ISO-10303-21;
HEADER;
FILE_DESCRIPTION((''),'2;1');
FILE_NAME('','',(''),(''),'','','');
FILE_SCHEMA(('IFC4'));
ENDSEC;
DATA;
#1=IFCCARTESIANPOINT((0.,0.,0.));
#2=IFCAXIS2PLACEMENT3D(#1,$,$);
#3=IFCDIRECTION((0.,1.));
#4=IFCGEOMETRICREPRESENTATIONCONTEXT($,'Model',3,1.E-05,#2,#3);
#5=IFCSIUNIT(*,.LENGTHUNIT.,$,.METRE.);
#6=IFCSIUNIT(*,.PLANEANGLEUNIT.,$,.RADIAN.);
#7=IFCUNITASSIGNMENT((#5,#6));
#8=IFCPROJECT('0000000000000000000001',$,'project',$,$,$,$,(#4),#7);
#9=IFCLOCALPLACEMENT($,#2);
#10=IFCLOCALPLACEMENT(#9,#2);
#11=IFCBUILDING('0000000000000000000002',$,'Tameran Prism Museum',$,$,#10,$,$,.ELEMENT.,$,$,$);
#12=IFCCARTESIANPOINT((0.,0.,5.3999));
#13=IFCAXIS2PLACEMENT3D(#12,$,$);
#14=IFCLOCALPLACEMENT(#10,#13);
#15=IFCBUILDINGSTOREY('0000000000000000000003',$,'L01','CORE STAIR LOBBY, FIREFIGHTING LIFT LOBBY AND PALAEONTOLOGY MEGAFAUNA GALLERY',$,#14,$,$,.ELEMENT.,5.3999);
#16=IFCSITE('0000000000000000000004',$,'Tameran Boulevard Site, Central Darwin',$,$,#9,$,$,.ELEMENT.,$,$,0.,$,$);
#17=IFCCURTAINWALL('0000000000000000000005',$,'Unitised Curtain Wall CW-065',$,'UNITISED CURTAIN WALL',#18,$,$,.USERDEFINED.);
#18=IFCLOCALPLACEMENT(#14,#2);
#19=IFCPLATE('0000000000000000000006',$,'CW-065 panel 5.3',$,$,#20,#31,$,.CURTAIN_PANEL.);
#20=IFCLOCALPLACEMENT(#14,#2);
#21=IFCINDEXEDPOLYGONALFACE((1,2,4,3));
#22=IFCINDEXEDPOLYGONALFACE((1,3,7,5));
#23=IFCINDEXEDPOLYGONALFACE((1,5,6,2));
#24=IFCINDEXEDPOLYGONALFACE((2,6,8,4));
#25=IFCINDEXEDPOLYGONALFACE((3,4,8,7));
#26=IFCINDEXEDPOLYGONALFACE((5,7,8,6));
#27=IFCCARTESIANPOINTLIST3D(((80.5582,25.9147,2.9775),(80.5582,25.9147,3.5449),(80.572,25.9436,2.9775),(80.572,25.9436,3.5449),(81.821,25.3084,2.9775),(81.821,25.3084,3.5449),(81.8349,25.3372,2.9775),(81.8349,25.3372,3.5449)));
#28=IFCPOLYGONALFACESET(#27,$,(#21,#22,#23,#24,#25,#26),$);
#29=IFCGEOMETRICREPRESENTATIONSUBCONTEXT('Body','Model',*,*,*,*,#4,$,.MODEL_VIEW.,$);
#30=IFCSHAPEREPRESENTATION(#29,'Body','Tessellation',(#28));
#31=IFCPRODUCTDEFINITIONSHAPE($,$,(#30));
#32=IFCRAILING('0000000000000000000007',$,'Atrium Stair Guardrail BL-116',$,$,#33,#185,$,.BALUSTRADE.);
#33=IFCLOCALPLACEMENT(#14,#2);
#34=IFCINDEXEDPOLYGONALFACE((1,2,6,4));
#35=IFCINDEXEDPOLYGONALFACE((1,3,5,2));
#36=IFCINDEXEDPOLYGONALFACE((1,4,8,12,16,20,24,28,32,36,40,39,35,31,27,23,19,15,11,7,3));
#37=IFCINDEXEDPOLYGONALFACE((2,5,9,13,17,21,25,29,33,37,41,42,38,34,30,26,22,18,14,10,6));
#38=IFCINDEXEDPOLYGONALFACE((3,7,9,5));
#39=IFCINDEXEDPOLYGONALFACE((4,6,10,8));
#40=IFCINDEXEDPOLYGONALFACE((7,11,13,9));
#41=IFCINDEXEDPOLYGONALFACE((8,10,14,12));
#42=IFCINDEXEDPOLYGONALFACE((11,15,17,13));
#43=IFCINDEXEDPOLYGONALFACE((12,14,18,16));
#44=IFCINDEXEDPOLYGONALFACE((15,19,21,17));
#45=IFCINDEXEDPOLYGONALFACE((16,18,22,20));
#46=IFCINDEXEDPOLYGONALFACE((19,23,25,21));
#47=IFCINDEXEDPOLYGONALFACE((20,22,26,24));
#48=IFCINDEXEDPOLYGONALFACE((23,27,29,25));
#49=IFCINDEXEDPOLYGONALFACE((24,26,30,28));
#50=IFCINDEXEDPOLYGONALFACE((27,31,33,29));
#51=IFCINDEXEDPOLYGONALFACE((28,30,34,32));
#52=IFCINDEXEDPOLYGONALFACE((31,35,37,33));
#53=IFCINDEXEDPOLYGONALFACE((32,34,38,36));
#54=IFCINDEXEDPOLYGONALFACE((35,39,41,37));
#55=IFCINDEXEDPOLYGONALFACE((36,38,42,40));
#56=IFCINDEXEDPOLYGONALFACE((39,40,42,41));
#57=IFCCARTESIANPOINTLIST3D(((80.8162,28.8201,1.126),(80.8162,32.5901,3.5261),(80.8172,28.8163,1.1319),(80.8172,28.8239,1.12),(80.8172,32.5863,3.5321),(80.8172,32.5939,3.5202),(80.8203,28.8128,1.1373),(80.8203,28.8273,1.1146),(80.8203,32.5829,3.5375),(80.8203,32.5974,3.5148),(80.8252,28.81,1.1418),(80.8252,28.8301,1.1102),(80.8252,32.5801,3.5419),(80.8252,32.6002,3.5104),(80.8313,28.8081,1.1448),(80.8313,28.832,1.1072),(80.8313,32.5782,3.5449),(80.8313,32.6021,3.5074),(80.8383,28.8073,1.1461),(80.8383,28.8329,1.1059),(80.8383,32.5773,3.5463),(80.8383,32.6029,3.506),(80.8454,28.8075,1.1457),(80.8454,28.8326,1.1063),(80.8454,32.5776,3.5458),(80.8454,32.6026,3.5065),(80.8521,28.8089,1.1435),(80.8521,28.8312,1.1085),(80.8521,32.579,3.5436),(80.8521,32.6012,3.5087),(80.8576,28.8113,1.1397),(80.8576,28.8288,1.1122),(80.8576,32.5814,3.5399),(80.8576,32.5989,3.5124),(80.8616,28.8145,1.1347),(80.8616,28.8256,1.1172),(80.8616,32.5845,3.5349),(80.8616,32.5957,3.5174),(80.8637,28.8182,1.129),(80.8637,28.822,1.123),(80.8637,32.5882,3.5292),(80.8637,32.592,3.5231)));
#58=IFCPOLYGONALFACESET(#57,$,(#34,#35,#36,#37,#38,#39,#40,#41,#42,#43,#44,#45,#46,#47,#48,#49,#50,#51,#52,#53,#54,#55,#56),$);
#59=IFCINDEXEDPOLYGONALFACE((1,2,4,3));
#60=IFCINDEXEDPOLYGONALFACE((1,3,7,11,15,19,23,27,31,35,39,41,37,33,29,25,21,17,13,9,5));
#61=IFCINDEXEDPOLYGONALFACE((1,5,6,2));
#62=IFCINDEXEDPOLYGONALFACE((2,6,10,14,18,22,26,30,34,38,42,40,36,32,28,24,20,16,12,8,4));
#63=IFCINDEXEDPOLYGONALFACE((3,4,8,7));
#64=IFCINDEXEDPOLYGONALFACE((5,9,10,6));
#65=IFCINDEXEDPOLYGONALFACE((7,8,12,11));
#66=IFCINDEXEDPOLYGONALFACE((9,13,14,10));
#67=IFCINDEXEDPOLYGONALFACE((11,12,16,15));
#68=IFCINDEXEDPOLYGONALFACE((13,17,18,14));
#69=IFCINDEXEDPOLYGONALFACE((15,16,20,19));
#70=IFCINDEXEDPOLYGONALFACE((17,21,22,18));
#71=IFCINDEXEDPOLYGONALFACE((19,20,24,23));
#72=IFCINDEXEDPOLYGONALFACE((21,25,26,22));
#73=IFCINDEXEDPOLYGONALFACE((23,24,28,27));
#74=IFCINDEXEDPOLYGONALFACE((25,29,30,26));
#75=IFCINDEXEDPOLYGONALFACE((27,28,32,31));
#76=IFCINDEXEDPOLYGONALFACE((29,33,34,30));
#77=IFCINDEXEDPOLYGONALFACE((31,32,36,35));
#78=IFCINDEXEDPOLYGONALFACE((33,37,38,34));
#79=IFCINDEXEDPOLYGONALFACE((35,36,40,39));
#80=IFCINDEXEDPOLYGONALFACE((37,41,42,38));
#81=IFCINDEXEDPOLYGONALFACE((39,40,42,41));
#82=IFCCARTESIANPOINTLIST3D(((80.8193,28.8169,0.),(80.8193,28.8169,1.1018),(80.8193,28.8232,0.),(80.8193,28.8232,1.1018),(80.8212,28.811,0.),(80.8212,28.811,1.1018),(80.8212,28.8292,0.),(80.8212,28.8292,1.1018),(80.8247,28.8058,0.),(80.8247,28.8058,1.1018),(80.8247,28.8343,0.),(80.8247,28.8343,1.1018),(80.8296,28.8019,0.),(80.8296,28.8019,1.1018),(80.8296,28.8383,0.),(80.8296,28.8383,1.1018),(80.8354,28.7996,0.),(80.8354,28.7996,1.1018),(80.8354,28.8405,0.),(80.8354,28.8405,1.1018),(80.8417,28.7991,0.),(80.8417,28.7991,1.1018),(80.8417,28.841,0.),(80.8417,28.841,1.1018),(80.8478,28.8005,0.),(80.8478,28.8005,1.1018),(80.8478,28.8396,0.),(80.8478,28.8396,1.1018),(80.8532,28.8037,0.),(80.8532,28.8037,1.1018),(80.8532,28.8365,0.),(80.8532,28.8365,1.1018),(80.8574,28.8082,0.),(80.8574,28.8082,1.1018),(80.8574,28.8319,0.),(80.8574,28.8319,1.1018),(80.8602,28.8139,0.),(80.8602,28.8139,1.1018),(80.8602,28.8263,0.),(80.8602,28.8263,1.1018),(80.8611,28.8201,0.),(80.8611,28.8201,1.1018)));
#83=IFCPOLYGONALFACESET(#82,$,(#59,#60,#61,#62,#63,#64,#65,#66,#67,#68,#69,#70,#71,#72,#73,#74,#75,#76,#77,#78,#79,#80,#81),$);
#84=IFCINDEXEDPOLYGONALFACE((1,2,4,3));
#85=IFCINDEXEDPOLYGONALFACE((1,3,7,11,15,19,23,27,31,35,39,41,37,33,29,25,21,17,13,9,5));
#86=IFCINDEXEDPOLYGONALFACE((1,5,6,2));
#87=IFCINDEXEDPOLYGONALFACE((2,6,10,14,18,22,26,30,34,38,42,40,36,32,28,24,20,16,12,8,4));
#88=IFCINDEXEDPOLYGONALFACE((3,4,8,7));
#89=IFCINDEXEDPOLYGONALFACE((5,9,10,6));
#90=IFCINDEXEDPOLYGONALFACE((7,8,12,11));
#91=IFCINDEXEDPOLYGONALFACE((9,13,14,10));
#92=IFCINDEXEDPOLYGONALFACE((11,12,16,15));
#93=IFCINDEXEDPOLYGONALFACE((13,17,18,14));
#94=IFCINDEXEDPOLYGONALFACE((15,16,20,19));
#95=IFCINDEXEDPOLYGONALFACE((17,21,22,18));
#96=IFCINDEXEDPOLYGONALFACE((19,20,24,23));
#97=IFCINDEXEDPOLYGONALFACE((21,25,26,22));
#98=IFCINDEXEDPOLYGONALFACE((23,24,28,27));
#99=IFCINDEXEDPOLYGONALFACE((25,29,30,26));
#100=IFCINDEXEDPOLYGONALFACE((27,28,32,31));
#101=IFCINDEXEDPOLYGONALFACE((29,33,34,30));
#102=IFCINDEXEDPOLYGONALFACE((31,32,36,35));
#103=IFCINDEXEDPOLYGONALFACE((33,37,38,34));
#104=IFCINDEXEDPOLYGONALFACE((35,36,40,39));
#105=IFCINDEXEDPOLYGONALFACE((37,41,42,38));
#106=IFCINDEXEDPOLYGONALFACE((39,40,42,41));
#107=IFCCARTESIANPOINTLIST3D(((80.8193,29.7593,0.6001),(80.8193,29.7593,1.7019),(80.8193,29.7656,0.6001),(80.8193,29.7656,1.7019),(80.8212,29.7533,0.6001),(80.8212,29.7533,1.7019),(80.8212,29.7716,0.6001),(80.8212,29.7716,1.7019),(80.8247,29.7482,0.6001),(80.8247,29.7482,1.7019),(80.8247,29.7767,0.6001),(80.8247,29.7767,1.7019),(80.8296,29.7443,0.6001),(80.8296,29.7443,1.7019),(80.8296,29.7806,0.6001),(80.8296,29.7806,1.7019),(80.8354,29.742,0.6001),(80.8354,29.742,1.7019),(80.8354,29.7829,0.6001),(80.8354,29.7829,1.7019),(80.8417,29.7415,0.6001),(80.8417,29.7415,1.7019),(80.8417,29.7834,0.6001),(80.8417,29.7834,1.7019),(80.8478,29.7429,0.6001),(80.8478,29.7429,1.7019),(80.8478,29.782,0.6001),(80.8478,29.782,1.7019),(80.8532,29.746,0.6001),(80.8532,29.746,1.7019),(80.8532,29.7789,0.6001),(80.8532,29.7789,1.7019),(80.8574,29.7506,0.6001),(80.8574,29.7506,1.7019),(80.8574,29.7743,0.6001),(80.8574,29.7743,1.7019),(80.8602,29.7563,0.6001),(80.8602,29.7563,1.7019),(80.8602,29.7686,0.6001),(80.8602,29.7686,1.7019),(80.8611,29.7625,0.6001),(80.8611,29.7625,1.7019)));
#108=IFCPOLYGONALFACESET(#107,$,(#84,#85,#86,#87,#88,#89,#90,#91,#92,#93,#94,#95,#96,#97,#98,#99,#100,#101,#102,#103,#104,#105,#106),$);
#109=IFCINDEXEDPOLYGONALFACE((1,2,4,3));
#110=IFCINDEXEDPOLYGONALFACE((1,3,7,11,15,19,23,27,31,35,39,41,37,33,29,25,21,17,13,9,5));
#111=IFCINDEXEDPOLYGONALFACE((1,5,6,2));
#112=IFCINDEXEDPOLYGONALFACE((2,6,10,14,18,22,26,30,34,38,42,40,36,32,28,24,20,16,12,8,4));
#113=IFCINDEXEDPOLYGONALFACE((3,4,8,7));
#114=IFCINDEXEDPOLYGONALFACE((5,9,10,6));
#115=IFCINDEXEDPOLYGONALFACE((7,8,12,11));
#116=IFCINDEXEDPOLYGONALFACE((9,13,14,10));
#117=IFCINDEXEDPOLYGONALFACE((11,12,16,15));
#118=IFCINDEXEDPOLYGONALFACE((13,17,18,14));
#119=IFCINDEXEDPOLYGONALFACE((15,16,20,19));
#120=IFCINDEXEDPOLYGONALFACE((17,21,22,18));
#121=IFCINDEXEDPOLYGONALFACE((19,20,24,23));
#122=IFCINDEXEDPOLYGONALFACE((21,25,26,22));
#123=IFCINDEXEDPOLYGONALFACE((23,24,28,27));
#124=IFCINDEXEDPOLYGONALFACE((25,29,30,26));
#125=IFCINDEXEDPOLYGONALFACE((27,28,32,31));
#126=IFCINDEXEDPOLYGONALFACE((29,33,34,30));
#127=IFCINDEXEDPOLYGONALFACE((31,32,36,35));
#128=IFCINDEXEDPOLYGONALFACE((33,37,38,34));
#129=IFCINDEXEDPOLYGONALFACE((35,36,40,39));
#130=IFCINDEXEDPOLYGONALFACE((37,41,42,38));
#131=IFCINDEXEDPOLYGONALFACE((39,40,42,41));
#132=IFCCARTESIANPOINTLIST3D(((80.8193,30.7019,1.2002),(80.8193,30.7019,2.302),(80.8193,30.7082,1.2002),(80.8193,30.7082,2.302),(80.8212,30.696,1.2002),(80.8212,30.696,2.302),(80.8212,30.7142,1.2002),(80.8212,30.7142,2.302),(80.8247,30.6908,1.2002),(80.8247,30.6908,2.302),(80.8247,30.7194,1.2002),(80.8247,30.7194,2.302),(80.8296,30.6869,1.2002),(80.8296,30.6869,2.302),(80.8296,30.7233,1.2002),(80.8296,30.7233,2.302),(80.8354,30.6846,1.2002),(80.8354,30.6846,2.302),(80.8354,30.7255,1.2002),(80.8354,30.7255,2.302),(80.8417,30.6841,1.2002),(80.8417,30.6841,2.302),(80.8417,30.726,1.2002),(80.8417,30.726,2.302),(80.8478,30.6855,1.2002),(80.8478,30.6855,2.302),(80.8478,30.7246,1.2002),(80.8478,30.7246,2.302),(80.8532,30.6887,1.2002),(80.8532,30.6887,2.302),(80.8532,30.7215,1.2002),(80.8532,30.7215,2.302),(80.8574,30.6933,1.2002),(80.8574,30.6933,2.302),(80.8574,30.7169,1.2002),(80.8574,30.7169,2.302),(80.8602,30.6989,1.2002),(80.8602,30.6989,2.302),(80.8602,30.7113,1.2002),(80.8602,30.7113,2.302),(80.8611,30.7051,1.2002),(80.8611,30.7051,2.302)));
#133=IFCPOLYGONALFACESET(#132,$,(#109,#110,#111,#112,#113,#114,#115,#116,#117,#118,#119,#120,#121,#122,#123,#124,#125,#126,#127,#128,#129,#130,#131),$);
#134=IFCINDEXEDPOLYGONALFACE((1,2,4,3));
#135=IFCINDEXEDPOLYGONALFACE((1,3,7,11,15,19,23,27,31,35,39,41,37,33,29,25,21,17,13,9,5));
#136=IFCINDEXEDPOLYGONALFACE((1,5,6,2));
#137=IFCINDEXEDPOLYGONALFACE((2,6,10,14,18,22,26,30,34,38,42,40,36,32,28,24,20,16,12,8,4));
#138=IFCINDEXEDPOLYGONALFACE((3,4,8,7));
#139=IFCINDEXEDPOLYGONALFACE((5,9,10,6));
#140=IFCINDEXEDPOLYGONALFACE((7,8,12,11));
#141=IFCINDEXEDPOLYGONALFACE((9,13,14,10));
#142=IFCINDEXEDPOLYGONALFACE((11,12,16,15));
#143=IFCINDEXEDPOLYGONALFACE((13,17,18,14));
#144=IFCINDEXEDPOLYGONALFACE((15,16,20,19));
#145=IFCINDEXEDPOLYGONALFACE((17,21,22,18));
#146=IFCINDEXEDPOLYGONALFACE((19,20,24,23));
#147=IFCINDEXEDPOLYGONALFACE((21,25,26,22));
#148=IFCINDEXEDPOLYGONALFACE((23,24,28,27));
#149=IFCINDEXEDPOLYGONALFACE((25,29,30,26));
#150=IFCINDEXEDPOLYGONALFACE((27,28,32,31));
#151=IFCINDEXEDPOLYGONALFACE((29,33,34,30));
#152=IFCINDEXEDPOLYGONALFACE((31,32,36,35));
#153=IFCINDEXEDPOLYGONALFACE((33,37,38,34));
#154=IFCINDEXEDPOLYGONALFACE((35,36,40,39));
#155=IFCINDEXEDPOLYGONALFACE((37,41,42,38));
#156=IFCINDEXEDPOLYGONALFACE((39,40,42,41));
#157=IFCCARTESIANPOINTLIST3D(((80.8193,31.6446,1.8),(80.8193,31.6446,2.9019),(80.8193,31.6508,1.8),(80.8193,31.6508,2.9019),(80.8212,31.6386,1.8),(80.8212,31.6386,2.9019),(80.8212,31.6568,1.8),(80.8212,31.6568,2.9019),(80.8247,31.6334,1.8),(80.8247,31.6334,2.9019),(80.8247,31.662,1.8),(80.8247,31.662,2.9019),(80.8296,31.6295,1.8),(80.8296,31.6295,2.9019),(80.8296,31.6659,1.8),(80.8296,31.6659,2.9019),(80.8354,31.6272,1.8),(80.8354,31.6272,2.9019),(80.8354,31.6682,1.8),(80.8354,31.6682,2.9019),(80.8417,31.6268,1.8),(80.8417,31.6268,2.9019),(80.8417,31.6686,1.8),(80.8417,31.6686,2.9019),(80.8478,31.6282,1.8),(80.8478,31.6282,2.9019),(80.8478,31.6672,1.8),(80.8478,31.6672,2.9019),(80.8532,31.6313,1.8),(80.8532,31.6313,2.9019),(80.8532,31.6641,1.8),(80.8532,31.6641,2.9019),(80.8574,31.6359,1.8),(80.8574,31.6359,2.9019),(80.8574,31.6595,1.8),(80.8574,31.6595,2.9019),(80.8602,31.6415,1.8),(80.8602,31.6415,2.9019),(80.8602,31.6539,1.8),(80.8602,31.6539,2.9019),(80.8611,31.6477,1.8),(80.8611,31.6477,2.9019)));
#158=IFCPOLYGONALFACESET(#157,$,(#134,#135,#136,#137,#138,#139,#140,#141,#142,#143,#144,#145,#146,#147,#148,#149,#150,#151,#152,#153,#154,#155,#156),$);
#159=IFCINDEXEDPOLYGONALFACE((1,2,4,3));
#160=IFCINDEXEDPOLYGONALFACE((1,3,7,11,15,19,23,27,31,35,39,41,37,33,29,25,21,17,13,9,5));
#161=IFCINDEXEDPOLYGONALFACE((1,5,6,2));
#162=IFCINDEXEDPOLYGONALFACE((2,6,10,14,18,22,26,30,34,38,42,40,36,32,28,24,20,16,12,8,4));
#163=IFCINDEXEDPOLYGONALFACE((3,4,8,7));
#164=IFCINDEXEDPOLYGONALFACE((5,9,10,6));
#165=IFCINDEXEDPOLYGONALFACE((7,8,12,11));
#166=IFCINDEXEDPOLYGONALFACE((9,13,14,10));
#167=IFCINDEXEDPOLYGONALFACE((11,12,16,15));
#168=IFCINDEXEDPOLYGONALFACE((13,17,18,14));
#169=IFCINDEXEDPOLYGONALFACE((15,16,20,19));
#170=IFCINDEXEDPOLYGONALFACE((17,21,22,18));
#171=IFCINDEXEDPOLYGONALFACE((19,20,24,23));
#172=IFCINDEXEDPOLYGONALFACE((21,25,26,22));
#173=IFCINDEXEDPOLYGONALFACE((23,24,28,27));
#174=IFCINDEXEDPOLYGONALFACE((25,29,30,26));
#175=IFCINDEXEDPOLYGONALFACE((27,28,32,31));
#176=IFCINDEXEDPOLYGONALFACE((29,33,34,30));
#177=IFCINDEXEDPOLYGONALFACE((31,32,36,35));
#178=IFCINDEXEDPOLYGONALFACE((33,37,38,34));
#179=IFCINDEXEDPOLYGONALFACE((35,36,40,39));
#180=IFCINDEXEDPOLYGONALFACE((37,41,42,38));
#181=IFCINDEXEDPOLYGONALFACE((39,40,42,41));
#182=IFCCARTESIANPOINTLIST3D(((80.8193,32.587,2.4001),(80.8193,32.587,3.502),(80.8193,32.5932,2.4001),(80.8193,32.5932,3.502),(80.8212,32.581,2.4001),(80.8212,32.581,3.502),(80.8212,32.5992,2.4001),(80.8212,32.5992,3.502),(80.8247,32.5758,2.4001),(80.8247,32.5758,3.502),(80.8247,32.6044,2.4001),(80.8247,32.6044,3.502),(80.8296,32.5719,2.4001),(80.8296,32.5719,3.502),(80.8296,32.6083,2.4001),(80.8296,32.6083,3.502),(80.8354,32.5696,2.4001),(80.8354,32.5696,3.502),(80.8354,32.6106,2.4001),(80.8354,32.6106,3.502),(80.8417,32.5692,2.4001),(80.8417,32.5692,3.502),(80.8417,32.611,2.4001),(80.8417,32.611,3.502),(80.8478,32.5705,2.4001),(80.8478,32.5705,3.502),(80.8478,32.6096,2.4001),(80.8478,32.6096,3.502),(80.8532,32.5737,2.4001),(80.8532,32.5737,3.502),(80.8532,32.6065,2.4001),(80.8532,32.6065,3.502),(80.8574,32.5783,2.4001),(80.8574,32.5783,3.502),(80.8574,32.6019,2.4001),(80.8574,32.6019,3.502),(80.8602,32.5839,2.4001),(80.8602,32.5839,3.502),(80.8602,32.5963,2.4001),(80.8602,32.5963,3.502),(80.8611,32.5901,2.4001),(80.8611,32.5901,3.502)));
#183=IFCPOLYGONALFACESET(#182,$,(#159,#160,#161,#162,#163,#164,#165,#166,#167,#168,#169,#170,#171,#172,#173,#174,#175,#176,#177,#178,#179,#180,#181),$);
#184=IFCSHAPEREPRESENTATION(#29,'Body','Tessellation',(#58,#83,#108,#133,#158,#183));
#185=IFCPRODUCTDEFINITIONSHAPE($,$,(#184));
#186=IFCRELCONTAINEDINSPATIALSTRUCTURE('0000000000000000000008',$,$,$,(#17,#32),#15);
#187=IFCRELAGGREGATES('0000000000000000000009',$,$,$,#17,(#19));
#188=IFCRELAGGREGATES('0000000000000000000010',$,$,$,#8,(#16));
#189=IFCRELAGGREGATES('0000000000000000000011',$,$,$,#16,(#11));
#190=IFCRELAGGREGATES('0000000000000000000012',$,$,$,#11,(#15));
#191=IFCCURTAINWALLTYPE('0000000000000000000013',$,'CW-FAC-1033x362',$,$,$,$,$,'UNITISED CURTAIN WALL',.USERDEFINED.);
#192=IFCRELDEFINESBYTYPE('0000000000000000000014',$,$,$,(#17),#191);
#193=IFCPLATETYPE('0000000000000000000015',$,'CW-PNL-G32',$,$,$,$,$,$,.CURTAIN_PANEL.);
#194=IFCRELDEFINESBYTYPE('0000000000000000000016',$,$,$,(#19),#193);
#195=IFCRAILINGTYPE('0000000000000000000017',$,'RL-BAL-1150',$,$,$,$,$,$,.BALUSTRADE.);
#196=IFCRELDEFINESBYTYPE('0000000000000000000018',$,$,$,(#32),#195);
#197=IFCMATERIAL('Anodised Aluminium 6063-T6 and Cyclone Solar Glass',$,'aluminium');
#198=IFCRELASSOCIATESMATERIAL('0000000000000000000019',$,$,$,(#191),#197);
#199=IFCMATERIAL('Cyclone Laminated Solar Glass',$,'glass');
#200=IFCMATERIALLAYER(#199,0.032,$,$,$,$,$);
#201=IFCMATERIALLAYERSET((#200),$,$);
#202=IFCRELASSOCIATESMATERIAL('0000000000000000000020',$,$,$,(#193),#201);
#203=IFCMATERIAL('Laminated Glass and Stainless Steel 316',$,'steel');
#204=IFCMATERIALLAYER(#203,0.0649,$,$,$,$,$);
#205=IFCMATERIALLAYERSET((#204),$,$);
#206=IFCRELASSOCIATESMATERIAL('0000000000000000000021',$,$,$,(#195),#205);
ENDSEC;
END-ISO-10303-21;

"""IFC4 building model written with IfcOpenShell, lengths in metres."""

from ifc_helpers import new_model, si_unit, direction, frame, origin, origin_2d, place, context, subcontext, project, spatial, rectangle, circle, extrude, material, layer, layer_set, type_object, element, aggregate, save


model = new_model("IFC4")

# Units and contexts
model_context = context("Model", 3, precision=1e-05, world=origin(), true_north=direction((0.0, 1.0)))
body_context = subcontext(model_context, "Body", "Model", "MODEL_VIEW")
ifc_project = project(units=[si_unit("LENGTHUNIT", "METRE"), si_unit("PLANEANGLEUNIT", "RADIAN")], contexts=[model_context])

# Site, building, storey
site_placement = place(None, origin())
site = spatial("IfcSite", under=ifc_project, at=site_placement, Name="Tameran Boulevard Site, Central Darwin", CompositionType="ELEMENT", RefElevation=0.0)
building_placement = place(site_placement, origin())
building = spatial("IfcBuilding", under=site, at=building_placement, Name="Tameran Prism Museum", CompositionType="ELEMENT")
storey_placement = place(building_placement, frame((0.0, 0.0, 5.3999)))
storey = spatial("IfcBuildingStorey", under=building, at=storey_placement, Name="L01", Description="CORE STAIR LOBBY, FIREFIGHTING LIFT LOBBY AND PALAEONTOLOGY MEGAFAUNA GALLERY", CompositionType="ELEMENT", Elevation=5.3999)

# Curtain wall, plate
ifc_material_1 = material(Name="Anodised Aluminium 6063-T6 and Cyclone Solar Glass", Category="aluminium")
curtain_wall_type = type_object("IfcCurtainWallType", Name="CW-FAC-1033x362", ElementType="UNITISED CURTAIN WALL", PredefinedType="USERDEFINED", material=ifc_material_1)
curtain_wall_placement = place(storey_placement, origin())
curtain_wall = element("IfcCurtainWall", 1, at=curtain_wall_placement, inside=storey, type_object=curtain_wall_type, Name="Unitised Curtain Wall CW-065", ObjectType="UNITISED CURTAIN WALL", PredefinedType="USERDEFINED")
ifc_material_2 = material(Name="Cyclone Laminated Solar Glass", Category="glass")
ifc_layer_1 = layer(ifc_material_2, 0.032)
ifc_layer_set_1 = layer_set([ifc_layer_1])
plate_type = type_object("IfcPlateType", Name="CW-PNL-G32", PredefinedType="CURTAIN_PANEL", material=ifc_layer_set_1)
plate_1_placement = place(storey_placement, frame((81.1965, 25.626, 2.9775), z_axis=(0.0, 0.0, 1.0), x_axis=(-0.901475, 0.432832, 0.0)))
plate_1 = element("IfcPlate", 2, at=plate_1_placement, type_object=plate_type, Name="CW-065 panel 5.3", PredefinedType="CURTAIN_PANEL", context=body_context, shape_type="SweptSolid", body=[
    extrude(rectangle(XDim=1.4009, YDim=0.032, at=origin_2d()), origin(), (0.0, 0.0, 1.0), 0.5674),
])
aggregate(curtain_wall, [plate_1])

# Railing
ifc_material_3 = material(Name="Laminated Glass and Stainless Steel 316", Category="steel")
ifc_layer_2 = layer(ifc_material_3, 0.0649)
ifc_layer_set_2 = layer_set([ifc_layer_2])
railing_type = type_object("IfcRailingType", Name="RL-BAL-1150", PredefinedType="BALUSTRADE", material=ifc_layer_set_2)
railing_1_placement = place(storey_placement, frame((80.8401, 28.8201, 0.0)))
element("IfcRailing", 3, at=railing_1_placement, inside=storey, type_object=railing_type, Name="Atrium Stair Guardrail BL-116", PredefinedType="BALUSTRADE", context=body_context, shape_type="SweptSolid", body=[
    extrude(circle(Radius=0.0239, at=origin_2d()), frame((0.0, 0.0, 1.126), z_axis=(0.0, 0.843556, 0.537042), x_axis=(-1.0, 0.0, 0.0)), (0.0, 0.0, 1.0), 4.4692),
    extrude(circle(Radius=0.021, at=origin_2d()), origin(), (0.0, 0.0, 1.0), 1.1018),
    extrude(circle(Radius=0.021, at=origin_2d()), frame((0.0, 0.9424, 0.6001)), (0.0, 0.0, 1.0), 1.1018),
    extrude(circle(Radius=0.021, at=origin_2d()), frame((0.0, 1.885, 1.2002)), (0.0, 0.0, 1.0), 1.1018),
    extrude(circle(Radius=0.021, at=origin_2d()), frame((0.0, 2.8276, 1.8)), (0.0, 0.0, 1.0), 1.1018),
    extrude(circle(Radius=0.021, at=origin_2d()), frame((0.0, 3.77, 2.4001)), (0.0, 0.0, 1.0), 1.1018),
])

save(model, "model.ifc")
